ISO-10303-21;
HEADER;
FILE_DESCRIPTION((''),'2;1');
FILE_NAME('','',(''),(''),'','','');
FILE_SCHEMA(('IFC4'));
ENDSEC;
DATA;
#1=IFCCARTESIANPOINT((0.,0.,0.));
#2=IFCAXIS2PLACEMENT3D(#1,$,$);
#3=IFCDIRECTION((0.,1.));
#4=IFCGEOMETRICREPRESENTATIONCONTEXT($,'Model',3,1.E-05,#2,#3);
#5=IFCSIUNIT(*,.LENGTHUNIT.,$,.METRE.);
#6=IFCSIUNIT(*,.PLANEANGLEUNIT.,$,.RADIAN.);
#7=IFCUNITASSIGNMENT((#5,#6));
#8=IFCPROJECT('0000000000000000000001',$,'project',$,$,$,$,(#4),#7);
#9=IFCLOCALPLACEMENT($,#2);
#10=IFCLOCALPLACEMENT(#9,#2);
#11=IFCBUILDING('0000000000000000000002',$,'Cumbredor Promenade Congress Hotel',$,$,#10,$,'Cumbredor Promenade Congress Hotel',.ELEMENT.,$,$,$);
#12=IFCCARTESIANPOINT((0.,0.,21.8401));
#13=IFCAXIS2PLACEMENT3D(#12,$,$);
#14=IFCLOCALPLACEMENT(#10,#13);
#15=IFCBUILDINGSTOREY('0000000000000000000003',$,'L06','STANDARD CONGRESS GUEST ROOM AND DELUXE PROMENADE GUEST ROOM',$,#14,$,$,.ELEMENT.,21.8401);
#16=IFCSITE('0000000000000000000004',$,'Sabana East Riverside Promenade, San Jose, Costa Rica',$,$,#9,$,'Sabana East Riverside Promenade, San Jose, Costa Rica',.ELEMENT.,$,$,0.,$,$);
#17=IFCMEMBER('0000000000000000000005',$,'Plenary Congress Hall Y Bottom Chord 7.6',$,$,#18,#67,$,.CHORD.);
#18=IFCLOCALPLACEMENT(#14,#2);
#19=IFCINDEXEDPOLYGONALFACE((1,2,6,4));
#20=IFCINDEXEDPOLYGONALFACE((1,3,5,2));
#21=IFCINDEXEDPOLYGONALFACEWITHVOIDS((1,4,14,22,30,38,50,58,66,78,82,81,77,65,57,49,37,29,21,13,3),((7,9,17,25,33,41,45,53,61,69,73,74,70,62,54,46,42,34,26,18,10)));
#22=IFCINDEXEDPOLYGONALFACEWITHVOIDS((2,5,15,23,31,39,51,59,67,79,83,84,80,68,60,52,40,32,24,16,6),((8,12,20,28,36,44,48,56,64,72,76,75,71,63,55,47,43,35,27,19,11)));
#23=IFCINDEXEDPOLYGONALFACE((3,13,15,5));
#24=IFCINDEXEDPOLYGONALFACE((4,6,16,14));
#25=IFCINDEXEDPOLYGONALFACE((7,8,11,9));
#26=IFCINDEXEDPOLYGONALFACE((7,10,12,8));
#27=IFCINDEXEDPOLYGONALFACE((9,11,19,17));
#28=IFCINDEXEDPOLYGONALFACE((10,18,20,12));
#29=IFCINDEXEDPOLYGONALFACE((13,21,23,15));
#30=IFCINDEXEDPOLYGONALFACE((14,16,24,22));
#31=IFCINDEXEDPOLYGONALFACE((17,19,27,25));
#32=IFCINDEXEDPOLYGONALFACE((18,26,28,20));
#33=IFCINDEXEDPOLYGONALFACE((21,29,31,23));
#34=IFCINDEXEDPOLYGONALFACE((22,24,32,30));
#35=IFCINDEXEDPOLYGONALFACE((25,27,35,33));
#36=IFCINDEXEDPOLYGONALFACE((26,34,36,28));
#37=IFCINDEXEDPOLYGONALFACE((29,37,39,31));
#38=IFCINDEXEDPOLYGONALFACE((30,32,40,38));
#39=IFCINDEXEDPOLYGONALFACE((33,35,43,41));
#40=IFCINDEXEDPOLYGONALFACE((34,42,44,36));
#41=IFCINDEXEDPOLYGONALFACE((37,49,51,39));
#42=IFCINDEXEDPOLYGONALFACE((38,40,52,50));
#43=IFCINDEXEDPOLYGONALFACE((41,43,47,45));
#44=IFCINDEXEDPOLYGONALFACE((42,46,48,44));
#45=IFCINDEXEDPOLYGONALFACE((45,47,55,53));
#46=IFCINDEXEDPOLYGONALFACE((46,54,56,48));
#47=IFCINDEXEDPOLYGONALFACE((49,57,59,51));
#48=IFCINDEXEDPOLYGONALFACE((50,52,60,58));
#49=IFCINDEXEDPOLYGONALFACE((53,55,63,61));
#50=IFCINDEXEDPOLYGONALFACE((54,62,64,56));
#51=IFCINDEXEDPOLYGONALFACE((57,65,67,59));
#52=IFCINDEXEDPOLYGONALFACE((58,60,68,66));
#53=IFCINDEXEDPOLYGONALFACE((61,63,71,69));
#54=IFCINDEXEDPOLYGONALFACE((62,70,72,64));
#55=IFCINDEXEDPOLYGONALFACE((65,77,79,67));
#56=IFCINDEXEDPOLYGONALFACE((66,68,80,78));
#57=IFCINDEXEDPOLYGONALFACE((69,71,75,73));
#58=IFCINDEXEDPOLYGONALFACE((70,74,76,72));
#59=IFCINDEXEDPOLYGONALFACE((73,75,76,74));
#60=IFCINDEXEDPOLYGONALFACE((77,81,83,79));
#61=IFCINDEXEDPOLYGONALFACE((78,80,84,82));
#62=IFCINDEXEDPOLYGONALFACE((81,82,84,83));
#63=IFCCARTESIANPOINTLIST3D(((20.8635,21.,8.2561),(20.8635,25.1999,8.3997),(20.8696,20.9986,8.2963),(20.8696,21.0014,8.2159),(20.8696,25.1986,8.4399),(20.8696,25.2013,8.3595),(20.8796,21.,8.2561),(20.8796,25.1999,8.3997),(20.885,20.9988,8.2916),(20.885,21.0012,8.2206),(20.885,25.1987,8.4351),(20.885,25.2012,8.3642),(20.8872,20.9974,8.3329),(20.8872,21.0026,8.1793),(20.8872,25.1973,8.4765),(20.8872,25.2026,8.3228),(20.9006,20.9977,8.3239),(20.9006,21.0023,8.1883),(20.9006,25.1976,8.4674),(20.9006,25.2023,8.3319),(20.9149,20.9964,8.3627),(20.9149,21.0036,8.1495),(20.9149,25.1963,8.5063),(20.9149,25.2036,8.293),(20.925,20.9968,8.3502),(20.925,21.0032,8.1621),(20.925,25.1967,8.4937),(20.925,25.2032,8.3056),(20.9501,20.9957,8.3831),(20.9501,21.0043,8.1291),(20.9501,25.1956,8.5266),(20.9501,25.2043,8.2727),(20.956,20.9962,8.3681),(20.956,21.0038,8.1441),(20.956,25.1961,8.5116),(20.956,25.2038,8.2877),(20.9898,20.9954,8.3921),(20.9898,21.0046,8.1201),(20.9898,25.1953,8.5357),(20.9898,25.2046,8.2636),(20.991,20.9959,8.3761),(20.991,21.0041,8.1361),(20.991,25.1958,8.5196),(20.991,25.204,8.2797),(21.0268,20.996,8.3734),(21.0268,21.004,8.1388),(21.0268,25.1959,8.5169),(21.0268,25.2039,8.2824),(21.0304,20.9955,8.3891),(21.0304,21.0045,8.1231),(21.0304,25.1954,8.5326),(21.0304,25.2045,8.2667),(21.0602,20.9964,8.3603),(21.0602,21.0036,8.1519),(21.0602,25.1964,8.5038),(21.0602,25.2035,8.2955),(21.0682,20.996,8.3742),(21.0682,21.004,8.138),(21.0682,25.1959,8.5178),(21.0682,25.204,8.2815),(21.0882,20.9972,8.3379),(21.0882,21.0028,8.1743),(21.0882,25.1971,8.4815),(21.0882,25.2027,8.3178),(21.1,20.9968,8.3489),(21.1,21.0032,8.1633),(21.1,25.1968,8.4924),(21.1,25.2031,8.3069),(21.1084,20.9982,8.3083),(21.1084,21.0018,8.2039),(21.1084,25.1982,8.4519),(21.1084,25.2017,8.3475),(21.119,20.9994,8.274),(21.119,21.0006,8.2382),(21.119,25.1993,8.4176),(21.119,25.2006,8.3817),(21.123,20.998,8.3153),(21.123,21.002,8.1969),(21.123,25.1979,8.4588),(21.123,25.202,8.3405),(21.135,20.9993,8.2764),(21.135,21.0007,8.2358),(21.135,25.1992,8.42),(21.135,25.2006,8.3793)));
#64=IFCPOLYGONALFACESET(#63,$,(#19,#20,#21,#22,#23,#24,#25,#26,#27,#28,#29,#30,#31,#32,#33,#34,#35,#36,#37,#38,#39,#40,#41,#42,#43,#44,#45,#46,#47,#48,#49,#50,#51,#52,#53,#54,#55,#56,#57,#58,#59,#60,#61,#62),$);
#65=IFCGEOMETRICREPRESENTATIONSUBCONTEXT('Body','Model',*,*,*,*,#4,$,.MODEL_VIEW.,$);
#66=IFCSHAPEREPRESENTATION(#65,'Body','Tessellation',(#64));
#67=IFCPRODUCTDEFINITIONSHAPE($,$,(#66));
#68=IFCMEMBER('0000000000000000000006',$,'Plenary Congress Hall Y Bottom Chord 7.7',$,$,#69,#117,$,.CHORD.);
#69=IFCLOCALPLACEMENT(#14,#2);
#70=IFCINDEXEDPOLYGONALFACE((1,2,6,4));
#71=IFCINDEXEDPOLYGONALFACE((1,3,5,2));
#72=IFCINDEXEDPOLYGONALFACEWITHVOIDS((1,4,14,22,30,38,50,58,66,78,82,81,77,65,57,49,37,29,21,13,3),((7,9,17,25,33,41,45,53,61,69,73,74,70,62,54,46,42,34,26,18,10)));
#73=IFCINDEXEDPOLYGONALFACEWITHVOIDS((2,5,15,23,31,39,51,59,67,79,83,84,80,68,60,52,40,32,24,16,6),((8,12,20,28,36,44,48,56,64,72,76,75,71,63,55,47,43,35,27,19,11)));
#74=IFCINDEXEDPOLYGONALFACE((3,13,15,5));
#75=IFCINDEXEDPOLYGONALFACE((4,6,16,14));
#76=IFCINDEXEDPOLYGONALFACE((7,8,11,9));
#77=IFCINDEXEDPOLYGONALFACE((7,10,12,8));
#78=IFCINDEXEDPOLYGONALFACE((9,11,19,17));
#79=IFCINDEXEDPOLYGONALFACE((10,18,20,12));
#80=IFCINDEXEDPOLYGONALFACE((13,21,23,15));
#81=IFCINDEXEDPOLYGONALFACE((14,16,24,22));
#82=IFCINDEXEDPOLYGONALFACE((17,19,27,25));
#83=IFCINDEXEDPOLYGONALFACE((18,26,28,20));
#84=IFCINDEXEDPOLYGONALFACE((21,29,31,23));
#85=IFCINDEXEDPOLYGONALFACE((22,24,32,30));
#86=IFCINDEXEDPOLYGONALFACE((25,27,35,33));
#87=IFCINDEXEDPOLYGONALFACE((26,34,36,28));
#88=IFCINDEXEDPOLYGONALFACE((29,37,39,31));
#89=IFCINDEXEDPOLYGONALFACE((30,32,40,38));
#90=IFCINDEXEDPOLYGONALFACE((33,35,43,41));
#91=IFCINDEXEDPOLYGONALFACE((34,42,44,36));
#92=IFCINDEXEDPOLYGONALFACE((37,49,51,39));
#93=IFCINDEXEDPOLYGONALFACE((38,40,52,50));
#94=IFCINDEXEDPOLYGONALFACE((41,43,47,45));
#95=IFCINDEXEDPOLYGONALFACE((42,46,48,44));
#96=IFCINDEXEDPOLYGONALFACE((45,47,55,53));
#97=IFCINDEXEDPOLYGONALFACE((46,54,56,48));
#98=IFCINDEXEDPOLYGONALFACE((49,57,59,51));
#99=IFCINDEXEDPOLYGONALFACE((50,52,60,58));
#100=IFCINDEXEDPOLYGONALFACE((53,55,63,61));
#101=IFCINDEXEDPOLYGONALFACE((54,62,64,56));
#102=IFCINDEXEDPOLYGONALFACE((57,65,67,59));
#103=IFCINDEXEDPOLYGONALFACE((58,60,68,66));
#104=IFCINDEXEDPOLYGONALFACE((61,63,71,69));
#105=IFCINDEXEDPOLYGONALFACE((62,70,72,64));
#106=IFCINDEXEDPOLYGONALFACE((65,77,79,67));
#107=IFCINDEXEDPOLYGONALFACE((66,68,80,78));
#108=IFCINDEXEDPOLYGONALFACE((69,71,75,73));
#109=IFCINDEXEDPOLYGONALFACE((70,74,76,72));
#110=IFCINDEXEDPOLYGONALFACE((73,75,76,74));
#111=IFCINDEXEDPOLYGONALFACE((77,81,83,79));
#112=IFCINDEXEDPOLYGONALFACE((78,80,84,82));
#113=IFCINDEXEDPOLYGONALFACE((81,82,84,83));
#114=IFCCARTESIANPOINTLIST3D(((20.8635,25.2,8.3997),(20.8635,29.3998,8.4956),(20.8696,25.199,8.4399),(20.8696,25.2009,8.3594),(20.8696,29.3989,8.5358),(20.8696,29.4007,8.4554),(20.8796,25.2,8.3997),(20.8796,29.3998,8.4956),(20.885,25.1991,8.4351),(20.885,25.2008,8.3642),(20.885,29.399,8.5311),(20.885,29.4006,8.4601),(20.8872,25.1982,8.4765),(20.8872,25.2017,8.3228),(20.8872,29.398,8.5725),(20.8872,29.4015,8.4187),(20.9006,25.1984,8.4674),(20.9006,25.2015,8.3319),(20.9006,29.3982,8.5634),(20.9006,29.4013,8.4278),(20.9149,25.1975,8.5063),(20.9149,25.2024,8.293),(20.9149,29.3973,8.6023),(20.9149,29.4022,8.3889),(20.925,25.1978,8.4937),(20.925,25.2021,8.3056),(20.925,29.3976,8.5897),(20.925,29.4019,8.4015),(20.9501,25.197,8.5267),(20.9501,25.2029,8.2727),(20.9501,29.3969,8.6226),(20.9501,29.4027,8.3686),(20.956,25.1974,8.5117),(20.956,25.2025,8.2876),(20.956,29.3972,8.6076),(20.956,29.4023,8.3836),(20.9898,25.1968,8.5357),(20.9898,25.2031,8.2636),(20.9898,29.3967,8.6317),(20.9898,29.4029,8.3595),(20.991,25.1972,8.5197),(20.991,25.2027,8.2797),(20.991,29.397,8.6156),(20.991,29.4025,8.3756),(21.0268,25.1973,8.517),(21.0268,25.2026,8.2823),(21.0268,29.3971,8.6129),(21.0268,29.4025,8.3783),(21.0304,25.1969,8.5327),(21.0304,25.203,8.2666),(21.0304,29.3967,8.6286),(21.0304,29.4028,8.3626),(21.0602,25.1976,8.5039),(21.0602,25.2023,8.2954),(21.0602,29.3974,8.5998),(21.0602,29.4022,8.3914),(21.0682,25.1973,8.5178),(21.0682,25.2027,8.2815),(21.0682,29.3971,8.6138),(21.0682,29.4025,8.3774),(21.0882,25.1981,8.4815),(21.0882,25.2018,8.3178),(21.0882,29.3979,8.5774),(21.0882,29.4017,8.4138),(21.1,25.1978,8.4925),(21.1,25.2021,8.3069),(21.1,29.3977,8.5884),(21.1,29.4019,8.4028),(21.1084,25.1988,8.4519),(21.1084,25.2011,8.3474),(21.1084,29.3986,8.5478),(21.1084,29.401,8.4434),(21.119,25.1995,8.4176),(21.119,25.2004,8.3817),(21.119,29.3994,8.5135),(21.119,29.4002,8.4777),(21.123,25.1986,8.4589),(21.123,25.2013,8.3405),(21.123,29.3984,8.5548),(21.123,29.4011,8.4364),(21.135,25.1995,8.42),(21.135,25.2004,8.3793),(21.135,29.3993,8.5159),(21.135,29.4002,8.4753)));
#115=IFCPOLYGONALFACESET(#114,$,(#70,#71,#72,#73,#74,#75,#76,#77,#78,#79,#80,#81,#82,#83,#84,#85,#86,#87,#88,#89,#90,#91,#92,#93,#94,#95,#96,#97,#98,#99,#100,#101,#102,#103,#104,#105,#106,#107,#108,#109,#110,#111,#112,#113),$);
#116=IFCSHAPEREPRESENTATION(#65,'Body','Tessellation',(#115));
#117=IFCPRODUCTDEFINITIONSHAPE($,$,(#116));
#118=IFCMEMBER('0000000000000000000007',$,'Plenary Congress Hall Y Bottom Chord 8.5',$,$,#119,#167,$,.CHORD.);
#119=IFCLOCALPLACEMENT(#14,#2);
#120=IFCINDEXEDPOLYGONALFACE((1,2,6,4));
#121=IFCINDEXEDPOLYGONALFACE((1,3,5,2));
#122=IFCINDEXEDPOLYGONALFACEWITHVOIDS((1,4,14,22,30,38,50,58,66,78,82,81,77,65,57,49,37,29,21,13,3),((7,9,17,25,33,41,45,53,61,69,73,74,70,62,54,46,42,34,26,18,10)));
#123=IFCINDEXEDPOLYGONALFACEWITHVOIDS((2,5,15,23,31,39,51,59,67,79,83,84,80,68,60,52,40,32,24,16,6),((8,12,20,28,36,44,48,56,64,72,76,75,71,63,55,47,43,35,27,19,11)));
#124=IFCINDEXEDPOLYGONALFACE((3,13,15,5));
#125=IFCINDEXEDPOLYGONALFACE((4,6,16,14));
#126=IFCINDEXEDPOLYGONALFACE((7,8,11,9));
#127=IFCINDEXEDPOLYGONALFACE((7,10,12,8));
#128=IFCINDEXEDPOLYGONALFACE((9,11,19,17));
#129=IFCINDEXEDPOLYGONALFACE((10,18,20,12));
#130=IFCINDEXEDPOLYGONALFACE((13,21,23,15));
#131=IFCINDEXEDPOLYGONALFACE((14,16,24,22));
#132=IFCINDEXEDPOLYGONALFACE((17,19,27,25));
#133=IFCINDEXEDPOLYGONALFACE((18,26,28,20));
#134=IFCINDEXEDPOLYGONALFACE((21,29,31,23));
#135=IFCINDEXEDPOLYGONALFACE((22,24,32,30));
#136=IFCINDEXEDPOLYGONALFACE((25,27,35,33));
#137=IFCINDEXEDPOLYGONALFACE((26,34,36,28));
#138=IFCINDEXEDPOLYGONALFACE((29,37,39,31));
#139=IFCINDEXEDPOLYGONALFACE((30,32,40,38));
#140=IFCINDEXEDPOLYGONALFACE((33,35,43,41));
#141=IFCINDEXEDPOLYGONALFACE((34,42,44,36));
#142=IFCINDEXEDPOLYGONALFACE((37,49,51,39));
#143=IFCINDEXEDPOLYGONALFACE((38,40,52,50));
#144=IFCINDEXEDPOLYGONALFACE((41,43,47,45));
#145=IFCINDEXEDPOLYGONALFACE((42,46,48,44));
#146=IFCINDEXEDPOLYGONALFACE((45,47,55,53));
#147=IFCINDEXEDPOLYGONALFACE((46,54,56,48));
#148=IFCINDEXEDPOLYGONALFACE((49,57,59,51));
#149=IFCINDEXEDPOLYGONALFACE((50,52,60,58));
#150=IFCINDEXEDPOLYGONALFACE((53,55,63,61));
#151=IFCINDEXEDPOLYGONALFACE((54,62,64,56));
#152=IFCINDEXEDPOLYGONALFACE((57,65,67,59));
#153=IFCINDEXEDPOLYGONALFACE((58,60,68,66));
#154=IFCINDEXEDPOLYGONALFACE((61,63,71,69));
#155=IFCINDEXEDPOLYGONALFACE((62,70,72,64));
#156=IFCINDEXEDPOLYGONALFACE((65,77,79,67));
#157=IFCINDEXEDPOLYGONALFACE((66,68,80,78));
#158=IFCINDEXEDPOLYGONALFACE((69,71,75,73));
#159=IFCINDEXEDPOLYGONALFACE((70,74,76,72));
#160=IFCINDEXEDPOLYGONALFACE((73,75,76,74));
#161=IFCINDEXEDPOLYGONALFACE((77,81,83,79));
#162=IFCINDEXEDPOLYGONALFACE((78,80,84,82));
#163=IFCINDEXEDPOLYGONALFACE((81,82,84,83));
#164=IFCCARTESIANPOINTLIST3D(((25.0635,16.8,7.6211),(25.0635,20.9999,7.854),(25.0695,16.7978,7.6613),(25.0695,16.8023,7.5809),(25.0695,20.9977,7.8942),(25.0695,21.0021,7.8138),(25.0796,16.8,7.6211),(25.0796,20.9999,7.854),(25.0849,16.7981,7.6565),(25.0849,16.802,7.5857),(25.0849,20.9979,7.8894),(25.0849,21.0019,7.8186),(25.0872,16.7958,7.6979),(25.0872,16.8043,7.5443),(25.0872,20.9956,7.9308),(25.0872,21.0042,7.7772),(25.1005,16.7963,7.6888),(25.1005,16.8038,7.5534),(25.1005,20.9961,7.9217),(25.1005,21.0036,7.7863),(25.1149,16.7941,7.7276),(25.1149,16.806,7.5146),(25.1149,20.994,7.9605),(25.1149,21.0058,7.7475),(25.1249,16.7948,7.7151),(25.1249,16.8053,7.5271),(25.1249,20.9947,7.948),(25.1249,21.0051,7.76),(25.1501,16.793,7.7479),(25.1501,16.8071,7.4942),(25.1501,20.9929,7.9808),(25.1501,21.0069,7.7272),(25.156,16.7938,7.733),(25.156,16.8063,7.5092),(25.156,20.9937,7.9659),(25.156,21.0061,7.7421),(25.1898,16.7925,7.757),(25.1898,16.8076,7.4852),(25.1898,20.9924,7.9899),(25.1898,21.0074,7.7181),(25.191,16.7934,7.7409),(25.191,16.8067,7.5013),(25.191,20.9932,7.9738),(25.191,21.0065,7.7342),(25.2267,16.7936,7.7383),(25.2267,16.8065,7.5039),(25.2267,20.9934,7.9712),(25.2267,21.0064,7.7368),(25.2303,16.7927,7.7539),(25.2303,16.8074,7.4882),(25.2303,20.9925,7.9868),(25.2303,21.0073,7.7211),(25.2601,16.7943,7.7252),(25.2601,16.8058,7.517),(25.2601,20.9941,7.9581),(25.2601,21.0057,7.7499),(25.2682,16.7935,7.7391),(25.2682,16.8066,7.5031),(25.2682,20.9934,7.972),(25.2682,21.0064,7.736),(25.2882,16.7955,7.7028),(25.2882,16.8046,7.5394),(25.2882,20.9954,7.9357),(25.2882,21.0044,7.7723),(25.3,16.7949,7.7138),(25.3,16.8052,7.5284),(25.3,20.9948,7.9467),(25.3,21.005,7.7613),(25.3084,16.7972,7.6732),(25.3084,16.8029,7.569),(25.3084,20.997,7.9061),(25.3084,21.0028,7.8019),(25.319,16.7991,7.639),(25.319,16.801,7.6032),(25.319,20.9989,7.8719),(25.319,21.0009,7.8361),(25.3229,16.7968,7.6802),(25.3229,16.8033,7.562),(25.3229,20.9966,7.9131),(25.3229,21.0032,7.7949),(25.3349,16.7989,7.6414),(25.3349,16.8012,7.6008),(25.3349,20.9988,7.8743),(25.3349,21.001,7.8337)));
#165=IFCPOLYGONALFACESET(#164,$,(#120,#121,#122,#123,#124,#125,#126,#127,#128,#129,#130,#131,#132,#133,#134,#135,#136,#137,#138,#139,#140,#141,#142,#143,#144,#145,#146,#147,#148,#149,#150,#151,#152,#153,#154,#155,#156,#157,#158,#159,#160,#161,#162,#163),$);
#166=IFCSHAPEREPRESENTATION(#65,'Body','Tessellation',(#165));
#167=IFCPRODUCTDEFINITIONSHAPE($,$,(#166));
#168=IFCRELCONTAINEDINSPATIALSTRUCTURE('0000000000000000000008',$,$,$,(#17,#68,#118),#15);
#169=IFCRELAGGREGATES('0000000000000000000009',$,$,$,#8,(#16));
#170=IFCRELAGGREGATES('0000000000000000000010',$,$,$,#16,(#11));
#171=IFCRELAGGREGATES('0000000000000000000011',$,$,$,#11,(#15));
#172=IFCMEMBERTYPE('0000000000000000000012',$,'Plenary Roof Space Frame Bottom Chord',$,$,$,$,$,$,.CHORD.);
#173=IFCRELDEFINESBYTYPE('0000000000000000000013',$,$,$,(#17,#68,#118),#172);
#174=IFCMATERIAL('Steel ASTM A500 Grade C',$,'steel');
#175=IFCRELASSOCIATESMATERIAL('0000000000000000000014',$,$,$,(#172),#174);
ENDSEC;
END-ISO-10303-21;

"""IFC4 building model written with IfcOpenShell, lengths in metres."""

from ifc_helpers import new_model, si_unit, direction, frame, origin, origin_2d, place, context, subcontext, project, spatial, hollow_circle, extrude, material, material_profile, profile_set, type_object, element, save


model = new_model("IFC4")

# Units and contexts
model_context = context("Model", 3, precision=1e-05, world=origin(), true_north=direction((0.0, 1.0)))
body_context = subcontext(model_context, "Body", "Model", "MODEL_VIEW")
ifc_project = project(units=[si_unit("LENGTHUNIT", "METRE"), si_unit("PLANEANGLEUNIT", "RADIAN")], contexts=[model_context])

# Site, building, storey
site_placement = place(None, origin())
site = spatial("IfcSite", under=ifc_project, at=site_placement, Name="Sabana East Riverside Promenade, San Jose, Costa Rica", LongName="Sabana East Riverside Promenade, San Jose, Costa Rica", CompositionType="ELEMENT", RefElevation=0.0)
building_placement = place(site_placement, origin())
building = spatial("IfcBuilding", under=site, at=building_placement, Name="Cumbredor Promenade Congress Hotel", LongName="Cumbredor Promenade Congress Hotel", CompositionType="ELEMENT")
storey_placement = place(building_placement, frame((0.0, 0.0, 21.8401)))
storey = spatial("IfcBuildingStorey", under=building, at=storey_placement, Name="L06", Description="STANDARD CONGRESS GUEST ROOM AND DELUXE PROMENADE GUEST ROOM", CompositionType="ELEMENT", Elevation=21.8401)

# Members
ifc_material_1 = material(Name="Steel ASTM A500 Grade C", Category="steel")
ifc_material_profile_1 = material_profile(ifc_material_1, hollow_circle(Radius=0.1365, WallThickness=0.0161, at=origin_2d()), Name="CHS 273.0x16")
ifc_profile_set_1 = profile_set([ifc_material_profile_1], Name="Steel ASTM A500 Grade C")
member_type_1 = type_object("IfcMemberType", Name="Plenary Roof Space Frame Bottom Chord", PredefinedType="CHORD", material=ifc_profile_set_1)
member_1_placement = place(storey_placement, frame((21.0, 21.0, 8.2561), z_axis=(0.0, 0.999416, 0.03416), x_axis=(-1.0, 0.0, 0.0)))
element("IfcMember", 1, at=member_1_placement, inside=storey, type_object=member_type_1, Name="Plenary Congress Hall Y Bottom Chord 7.6", PredefinedType="CHORD", context=body_context, shape_type="SweptSolid", body=[
    extrude(hollow_circle(Radius=0.1365, WallThickness=0.0161, at=origin_2d()), origin(), (0.0, 0.0, 1.0), 4.2024),
])
member_2_placement = place(storey_placement, frame((21.0, 25.2, 8.3997), z_axis=(0.0, 0.999739, 0.022839), x_axis=(-1.0, 0.0, 0.0)))
element("IfcMember", 2, at=member_2_placement, inside=storey, type_object=member_type_1, Name="Plenary Congress Hall Y Bottom Chord 7.7", PredefinedType="CHORD", context=body_context, shape_type="SweptSolid", body=[
    extrude(hollow_circle(Radius=0.1365, WallThickness=0.0161, at=origin_2d()), origin(), (0.0, 0.0, 1.0), 4.2009),
])
member_3_placement = place(storey_placement, frame((25.2, 16.8, 7.6211), z_axis=(0.0, 0.998466, 0.05537), x_axis=(-1.0, 0.0, 0.0)))
element("IfcMember", 3, at=member_3_placement, inside=storey, type_object=member_type_1, Name="Plenary Congress Hall Y Bottom Chord 8.5", PredefinedType="CHORD", context=body_context, shape_type="SweptSolid", body=[
    extrude(hollow_circle(Radius=0.1365, WallThickness=0.0161, at=origin_2d()), origin(), (0.0, 0.0, 1.0), 4.2063),
])

save(model, "model.ifc")
